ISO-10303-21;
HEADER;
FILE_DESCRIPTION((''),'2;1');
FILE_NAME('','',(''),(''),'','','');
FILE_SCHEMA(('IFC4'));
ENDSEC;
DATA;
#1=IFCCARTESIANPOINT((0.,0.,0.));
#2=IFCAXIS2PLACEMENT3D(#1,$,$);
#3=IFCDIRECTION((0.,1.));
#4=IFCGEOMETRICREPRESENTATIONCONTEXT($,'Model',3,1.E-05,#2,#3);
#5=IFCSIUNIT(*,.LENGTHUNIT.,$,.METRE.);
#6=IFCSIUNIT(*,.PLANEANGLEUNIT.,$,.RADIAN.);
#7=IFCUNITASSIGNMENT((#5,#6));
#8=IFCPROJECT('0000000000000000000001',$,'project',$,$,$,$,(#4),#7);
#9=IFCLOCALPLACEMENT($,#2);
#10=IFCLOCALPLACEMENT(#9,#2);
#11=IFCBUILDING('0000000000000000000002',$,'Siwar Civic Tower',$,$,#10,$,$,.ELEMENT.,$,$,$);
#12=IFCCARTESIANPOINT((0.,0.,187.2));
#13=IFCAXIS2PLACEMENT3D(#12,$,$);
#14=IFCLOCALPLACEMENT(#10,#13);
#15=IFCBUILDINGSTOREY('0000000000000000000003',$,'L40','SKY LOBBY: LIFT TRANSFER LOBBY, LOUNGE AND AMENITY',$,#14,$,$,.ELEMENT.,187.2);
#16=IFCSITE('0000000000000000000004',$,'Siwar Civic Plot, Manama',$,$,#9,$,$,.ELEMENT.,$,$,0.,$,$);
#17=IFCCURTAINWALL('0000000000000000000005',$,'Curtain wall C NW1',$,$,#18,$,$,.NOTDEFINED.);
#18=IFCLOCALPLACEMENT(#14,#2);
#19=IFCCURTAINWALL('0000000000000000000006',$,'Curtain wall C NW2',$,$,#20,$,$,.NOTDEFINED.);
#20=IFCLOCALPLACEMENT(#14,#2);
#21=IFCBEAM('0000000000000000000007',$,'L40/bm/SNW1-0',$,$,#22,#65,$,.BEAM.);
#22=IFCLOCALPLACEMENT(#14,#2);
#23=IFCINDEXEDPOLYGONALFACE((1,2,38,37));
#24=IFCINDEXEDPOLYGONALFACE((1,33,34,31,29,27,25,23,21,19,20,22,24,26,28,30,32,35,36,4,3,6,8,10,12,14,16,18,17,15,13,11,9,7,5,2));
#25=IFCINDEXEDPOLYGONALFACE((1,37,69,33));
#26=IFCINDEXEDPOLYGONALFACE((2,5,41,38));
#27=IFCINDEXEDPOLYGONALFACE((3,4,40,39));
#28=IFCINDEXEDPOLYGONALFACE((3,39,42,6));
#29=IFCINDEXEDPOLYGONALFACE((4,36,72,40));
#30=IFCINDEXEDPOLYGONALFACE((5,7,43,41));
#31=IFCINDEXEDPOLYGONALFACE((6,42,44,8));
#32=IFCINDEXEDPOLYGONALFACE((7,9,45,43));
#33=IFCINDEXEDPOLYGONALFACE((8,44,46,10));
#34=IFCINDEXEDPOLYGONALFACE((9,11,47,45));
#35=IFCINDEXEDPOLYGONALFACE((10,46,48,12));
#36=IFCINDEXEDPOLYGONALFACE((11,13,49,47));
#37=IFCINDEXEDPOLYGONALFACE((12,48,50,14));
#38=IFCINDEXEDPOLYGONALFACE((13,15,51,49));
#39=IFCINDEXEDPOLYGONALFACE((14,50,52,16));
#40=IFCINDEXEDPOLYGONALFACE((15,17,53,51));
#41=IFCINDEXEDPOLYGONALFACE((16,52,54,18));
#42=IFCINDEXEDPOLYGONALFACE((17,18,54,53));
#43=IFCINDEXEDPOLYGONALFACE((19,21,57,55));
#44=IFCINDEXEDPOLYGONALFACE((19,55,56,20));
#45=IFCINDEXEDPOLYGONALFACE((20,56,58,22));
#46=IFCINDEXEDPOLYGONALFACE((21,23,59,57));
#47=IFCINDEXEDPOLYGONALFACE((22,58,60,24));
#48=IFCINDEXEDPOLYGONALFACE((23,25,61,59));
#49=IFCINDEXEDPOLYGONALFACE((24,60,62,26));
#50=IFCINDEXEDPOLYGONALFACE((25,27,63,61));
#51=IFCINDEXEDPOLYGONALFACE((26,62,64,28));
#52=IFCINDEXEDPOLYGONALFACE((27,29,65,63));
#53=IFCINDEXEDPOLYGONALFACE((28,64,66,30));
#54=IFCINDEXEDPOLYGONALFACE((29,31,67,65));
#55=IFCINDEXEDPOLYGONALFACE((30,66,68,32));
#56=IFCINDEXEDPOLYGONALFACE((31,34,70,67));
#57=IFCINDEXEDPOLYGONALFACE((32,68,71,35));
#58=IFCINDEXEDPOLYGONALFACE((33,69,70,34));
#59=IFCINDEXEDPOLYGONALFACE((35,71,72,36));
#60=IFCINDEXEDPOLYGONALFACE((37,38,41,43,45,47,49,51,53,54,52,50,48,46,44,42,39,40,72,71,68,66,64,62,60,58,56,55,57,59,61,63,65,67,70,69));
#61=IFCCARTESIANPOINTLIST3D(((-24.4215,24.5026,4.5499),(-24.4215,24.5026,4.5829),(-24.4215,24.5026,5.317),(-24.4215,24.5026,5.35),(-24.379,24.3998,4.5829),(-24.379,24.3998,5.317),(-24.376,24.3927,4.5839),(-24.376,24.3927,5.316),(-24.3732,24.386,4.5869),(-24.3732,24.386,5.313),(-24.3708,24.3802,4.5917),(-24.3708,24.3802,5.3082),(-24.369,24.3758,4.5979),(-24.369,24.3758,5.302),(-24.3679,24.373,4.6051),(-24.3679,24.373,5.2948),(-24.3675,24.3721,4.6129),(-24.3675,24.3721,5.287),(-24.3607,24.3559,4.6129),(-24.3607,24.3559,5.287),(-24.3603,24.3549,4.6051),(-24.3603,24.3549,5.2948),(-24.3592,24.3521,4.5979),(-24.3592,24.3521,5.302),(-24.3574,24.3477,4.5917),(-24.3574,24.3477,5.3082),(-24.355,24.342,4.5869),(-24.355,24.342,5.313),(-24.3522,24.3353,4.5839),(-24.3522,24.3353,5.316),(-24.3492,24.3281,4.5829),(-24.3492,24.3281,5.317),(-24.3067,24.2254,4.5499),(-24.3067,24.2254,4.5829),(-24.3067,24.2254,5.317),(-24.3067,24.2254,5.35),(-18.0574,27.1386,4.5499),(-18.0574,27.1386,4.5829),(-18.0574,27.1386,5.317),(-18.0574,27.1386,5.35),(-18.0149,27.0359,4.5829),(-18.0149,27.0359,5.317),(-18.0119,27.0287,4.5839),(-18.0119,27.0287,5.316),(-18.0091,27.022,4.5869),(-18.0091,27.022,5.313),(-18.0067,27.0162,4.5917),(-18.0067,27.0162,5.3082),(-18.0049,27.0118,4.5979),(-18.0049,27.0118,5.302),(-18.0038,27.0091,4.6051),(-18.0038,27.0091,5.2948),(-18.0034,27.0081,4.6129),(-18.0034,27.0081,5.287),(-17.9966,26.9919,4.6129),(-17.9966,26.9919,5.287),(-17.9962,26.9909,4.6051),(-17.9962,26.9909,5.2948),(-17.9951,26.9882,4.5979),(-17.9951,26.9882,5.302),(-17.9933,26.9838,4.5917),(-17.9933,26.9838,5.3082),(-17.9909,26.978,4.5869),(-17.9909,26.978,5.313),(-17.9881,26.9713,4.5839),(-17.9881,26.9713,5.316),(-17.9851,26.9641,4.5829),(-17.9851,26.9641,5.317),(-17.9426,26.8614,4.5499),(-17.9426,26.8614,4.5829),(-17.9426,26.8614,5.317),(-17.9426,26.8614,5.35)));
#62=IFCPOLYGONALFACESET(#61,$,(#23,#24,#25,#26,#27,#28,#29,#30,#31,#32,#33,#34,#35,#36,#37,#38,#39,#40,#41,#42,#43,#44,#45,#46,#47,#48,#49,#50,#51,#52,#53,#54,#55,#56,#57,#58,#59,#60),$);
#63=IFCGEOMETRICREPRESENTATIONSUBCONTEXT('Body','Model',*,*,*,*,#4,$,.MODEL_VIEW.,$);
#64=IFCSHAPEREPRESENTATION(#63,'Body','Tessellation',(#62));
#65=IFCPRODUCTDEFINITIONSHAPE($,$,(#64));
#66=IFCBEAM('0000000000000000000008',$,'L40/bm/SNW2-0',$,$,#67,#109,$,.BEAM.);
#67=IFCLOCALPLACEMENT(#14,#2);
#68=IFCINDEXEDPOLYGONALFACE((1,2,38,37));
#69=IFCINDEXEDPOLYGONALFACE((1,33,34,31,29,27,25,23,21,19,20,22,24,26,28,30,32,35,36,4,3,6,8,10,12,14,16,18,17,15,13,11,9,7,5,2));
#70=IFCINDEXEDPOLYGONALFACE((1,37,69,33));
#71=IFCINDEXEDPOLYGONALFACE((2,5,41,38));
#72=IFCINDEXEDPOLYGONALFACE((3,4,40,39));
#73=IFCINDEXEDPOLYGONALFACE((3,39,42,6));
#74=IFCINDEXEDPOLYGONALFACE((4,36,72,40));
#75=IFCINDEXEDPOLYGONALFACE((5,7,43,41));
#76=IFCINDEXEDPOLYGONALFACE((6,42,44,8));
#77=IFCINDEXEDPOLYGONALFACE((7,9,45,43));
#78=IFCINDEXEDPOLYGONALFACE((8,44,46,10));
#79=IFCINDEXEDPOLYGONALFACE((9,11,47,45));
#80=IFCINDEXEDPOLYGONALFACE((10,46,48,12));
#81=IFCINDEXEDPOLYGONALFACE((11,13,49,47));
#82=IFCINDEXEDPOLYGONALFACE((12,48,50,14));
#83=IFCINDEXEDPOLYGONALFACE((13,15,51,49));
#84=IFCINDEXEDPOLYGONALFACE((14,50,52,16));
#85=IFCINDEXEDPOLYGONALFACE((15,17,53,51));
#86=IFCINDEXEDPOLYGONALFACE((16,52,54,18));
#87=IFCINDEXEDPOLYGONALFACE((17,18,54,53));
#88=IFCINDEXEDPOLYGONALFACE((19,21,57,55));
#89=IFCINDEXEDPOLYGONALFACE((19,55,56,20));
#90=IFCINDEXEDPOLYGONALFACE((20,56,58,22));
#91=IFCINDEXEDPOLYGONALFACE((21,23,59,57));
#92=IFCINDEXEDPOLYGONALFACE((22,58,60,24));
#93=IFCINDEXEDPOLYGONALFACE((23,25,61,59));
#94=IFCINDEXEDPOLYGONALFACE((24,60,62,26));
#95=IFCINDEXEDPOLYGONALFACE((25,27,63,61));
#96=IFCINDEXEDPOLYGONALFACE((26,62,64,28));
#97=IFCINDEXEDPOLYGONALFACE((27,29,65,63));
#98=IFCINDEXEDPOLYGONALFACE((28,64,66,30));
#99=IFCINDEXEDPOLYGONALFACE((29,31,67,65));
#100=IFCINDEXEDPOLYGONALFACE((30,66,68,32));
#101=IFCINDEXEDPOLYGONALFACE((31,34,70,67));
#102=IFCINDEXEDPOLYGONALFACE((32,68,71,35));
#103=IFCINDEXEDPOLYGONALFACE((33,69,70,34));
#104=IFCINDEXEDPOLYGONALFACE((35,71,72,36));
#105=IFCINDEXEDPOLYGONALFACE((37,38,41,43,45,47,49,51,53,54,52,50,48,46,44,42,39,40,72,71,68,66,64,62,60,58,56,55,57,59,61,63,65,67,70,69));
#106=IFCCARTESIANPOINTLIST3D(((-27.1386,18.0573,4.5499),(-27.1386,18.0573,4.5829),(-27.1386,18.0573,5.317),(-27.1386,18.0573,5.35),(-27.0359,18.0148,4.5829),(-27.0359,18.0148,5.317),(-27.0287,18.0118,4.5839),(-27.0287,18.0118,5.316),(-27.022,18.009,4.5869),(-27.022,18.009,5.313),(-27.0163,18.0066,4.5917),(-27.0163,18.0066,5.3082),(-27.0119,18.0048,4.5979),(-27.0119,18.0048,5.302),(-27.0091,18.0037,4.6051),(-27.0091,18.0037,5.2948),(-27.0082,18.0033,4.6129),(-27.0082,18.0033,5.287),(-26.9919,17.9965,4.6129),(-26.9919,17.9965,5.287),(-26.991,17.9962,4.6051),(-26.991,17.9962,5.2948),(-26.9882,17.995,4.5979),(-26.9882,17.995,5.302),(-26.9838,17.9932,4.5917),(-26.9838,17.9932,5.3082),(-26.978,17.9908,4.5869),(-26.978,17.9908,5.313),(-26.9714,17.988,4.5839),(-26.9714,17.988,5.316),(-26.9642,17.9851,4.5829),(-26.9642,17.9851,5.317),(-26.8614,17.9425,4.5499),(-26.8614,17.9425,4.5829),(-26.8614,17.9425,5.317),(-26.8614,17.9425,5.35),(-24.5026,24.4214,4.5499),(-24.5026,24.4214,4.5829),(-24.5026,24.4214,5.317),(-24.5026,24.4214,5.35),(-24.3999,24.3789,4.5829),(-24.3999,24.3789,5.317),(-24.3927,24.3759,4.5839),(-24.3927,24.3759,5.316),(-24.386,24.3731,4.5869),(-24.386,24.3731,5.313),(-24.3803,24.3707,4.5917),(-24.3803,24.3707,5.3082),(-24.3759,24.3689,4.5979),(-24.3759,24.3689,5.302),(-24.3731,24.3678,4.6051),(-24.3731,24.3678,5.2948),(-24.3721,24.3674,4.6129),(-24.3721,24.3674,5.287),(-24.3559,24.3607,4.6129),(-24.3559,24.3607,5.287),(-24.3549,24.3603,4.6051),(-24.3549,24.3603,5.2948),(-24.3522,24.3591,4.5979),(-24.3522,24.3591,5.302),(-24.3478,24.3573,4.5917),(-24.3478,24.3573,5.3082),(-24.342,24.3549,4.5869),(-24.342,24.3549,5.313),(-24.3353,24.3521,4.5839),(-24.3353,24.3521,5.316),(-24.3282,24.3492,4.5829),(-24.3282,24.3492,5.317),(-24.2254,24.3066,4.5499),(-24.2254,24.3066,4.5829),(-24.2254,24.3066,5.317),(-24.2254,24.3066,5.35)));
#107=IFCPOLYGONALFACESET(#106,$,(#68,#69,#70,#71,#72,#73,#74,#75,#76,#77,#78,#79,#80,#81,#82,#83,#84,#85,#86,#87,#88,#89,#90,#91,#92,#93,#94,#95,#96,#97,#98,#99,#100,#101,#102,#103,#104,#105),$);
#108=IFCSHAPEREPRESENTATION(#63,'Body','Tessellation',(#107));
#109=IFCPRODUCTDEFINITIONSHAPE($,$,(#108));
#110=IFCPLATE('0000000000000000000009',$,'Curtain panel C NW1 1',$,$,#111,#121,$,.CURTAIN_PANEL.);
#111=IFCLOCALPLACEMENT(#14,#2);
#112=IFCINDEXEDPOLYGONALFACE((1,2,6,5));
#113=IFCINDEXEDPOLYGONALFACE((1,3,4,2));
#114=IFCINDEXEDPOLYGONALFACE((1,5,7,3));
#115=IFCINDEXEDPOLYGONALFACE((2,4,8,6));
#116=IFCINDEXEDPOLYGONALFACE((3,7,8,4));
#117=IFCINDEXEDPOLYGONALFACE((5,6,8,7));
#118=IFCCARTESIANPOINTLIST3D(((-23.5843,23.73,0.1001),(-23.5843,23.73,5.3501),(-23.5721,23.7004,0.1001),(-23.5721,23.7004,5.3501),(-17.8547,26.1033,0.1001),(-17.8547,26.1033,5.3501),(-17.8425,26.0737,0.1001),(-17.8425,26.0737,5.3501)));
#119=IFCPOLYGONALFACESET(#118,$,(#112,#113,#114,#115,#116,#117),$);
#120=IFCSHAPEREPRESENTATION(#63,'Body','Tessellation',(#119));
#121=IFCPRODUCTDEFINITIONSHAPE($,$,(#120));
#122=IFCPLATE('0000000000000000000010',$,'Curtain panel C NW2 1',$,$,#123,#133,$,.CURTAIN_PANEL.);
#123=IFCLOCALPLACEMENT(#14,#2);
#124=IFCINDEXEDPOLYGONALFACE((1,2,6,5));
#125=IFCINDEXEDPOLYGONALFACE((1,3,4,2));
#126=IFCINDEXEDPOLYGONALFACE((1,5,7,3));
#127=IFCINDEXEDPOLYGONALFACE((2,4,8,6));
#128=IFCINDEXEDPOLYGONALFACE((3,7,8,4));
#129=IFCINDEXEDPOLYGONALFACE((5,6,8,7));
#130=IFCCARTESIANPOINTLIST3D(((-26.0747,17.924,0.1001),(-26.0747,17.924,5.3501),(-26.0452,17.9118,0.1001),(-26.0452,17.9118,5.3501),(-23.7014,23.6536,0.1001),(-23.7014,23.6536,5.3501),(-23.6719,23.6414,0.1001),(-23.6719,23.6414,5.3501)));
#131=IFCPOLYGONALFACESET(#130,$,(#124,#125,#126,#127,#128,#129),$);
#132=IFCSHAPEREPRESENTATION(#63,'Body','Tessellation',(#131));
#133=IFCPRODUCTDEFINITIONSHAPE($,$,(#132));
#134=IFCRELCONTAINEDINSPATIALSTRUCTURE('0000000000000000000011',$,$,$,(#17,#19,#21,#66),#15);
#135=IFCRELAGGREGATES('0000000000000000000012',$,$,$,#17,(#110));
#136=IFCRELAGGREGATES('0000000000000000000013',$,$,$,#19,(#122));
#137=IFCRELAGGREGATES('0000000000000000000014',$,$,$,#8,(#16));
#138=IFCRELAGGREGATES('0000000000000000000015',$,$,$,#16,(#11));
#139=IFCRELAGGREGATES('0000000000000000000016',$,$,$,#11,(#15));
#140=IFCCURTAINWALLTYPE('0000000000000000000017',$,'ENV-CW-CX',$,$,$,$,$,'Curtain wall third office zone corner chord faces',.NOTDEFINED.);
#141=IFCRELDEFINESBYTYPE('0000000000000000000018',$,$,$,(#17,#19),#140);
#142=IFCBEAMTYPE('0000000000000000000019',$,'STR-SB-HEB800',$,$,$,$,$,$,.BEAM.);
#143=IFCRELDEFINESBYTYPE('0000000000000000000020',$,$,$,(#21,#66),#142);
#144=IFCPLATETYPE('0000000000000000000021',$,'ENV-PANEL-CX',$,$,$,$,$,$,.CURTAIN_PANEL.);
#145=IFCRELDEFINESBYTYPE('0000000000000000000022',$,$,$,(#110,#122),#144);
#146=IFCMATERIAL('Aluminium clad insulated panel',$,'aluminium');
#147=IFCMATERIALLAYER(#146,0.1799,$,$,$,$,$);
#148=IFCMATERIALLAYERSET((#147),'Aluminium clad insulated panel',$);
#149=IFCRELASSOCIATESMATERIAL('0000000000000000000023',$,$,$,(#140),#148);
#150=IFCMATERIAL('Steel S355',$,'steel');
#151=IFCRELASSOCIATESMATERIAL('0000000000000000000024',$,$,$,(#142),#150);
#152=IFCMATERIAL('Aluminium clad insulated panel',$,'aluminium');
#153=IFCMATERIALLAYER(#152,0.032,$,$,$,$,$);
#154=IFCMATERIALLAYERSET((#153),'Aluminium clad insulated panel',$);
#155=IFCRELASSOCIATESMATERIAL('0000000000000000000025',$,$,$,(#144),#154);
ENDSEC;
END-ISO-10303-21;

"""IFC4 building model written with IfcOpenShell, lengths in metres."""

from ifc_helpers import new_model, si_unit, direction, frame, origin, origin_2d, place, context, subcontext, project, spatial, rectangle, i_section, extrude, material, layer, layer_set, material_profile, profile_set, type_object, element, aggregate, save


model = new_model("IFC4")

# Units and contexts
model_context = context("Model", 3, precision=1e-05, world=origin(), true_north=direction((0.0, 1.0)))
body_context = subcontext(model_context, "Body", "Model", "MODEL_VIEW")
ifc_project = project(units=[si_unit("LENGTHUNIT", "METRE"), si_unit("PLANEANGLEUNIT", "RADIAN")], contexts=[model_context])

# Site, building, storey
site_placement = place(None, origin())
site = spatial("IfcSite", under=ifc_project, at=site_placement, Name="Siwar Civic Plot, Manama", CompositionType="ELEMENT", RefElevation=0.0)
building_placement = place(site_placement, origin())
building = spatial("IfcBuilding", under=site, at=building_placement, Name="Siwar Civic Tower", CompositionType="ELEMENT")
storey_placement = place(building_placement, frame((0.0, 0.0, 187.2)))
storey = spatial("IfcBuildingStorey", under=building, at=storey_placement, Name="L40", Description="SKY LOBBY: LIFT TRANSFER LOBBY, LOUNGE AND AMENITY", CompositionType="ELEMENT", Elevation=187.2)

# Curtain walls
ifc_material_1 = material(Name="Aluminium clad insulated panel", Category="aluminium")
ifc_layer_1 = layer(ifc_material_1, 0.1799)
ifc_layer_set_1 = layer_set([ifc_layer_1], Name="Aluminium clad insulated panel")
curtain_wall_type = type_object("IfcCurtainWallType", Name="ENV-CW-CX", ElementType="Curtain wall third office zone corner chord faces", PredefinedType="NOTDEFINED", material=ifc_layer_set_1)
curtain_wall_1_placement = place(storey_placement, origin())
curtain_wall_1 = element("IfcCurtainWall", 1, at=curtain_wall_1_placement, inside=storey, type_object=curtain_wall_type, Name="Curtain wall C NW1", PredefinedType="NOTDEFINED")
curtain_wall_2_placement = place(storey_placement, origin())
curtain_wall_2 = element("IfcCurtainWall", 2, at=curtain_wall_2_placement, inside=storey, type_object=curtain_wall_type, Name="Curtain wall C NW2", PredefinedType="NOTDEFINED")

# Beams
ifc_material_2 = material(Name="Steel S355", Category="steel")
ifc_material_profile_1 = material_profile(ifc_material_2, i_section(OverallWidth=0.3, OverallDepth=0.8, WebThickness=0.0176, FlangeThickness=0.033, FilletRadius=0.03, at=origin_2d()), Name="HEB800")
ifc_profile_set_1 = profile_set([ifc_material_profile_1], Name="Steel S355")
beam_type_1 = type_object("IfcBeamType", Name="STR-SB-HEB800", PredefinedType="BEAM", material=ifc_profile_set_1)
for number, where, z_axis, x_axis, name in (
    (3, (-18.0, 27.0, 4.95), (-0.923883, -0.382674, 0.0), (0.382674, -0.923883, 0.0), "L40/bm/SNW1-0"),
    (4, (-24.364, 24.364, 4.95), (-0.382674, -0.923883, 0.0), (0.923883, -0.382674, 0.0), "L40/bm/SNW2-0"),
):
    element("IfcBeam", number, at=place(storey_placement, frame(where, z_axis=z_axis, x_axis=x_axis)), inside=storey, type_object=beam_type_1, Name=name, PredefinedType="BEAM", context=body_context, shape_type="SweptSolid", body=[
        extrude(i_section(OverallWidth=0.3, OverallDepth=0.8, WebThickness=0.0176, FlangeThickness=0.033, FilletRadius=0.03, at=origin_2d()), origin(), (0.0, 0.0, 1.0), 6.8884),
    ])

# Plates
ifc_material_3 = material(Name="Aluminium clad insulated panel", Category="aluminium")
ifc_layer_2 = layer(ifc_material_3, 0.032)
ifc_layer_set_2 = layer_set([ifc_layer_2], Name="Aluminium clad insulated panel")
plate_type = type_object("IfcPlateType", Name="ENV-PANEL-CX", PredefinedType="CURTAIN_PANEL", material=ifc_layer_set_2)
plate_1_placement = place(storey_placement, frame((-20.7134, 24.9019, 0.1001), z_axis=(0.0, 0.0, 1.0), x_axis=(-0.92388, -0.382683, 0.0)))
plate_1 = element("IfcPlate", 5, at=plate_1_placement, type_object=plate_type, Name="Curtain panel C NW1 1", PredefinedType="CURTAIN_PANEL", context=body_context, shape_type="SweptSolid", body=[
    extrude(rectangle(XDim=6.2017, YDim=0.032, at=origin_2d()), origin(), (0.0, 0.0, 1.0), 5.25),
])
aggregate(curtain_wall_1, [plate_1])
plate_2_placement = place(storey_placement, frame((-24.8733, 20.7827, 0.1001), z_axis=(0.0, 0.0, 1.0), x_axis=(-0.382683, -0.92388, 0.0)))
plate_2 = element("IfcPlate", 6, at=plate_2_placement, type_object=plate_type, Name="Curtain panel C NW2 1", PredefinedType="CURTAIN_PANEL", context=body_context, shape_type="SweptSolid", body=[
    extrude(rectangle(XDim=6.2017, YDim=0.032, at=origin_2d()), origin(), (0.0, 0.0, 1.0), 5.25),
])
aggregate(curtain_wall_2, [plate_2])

save(model, "model.ifc")
